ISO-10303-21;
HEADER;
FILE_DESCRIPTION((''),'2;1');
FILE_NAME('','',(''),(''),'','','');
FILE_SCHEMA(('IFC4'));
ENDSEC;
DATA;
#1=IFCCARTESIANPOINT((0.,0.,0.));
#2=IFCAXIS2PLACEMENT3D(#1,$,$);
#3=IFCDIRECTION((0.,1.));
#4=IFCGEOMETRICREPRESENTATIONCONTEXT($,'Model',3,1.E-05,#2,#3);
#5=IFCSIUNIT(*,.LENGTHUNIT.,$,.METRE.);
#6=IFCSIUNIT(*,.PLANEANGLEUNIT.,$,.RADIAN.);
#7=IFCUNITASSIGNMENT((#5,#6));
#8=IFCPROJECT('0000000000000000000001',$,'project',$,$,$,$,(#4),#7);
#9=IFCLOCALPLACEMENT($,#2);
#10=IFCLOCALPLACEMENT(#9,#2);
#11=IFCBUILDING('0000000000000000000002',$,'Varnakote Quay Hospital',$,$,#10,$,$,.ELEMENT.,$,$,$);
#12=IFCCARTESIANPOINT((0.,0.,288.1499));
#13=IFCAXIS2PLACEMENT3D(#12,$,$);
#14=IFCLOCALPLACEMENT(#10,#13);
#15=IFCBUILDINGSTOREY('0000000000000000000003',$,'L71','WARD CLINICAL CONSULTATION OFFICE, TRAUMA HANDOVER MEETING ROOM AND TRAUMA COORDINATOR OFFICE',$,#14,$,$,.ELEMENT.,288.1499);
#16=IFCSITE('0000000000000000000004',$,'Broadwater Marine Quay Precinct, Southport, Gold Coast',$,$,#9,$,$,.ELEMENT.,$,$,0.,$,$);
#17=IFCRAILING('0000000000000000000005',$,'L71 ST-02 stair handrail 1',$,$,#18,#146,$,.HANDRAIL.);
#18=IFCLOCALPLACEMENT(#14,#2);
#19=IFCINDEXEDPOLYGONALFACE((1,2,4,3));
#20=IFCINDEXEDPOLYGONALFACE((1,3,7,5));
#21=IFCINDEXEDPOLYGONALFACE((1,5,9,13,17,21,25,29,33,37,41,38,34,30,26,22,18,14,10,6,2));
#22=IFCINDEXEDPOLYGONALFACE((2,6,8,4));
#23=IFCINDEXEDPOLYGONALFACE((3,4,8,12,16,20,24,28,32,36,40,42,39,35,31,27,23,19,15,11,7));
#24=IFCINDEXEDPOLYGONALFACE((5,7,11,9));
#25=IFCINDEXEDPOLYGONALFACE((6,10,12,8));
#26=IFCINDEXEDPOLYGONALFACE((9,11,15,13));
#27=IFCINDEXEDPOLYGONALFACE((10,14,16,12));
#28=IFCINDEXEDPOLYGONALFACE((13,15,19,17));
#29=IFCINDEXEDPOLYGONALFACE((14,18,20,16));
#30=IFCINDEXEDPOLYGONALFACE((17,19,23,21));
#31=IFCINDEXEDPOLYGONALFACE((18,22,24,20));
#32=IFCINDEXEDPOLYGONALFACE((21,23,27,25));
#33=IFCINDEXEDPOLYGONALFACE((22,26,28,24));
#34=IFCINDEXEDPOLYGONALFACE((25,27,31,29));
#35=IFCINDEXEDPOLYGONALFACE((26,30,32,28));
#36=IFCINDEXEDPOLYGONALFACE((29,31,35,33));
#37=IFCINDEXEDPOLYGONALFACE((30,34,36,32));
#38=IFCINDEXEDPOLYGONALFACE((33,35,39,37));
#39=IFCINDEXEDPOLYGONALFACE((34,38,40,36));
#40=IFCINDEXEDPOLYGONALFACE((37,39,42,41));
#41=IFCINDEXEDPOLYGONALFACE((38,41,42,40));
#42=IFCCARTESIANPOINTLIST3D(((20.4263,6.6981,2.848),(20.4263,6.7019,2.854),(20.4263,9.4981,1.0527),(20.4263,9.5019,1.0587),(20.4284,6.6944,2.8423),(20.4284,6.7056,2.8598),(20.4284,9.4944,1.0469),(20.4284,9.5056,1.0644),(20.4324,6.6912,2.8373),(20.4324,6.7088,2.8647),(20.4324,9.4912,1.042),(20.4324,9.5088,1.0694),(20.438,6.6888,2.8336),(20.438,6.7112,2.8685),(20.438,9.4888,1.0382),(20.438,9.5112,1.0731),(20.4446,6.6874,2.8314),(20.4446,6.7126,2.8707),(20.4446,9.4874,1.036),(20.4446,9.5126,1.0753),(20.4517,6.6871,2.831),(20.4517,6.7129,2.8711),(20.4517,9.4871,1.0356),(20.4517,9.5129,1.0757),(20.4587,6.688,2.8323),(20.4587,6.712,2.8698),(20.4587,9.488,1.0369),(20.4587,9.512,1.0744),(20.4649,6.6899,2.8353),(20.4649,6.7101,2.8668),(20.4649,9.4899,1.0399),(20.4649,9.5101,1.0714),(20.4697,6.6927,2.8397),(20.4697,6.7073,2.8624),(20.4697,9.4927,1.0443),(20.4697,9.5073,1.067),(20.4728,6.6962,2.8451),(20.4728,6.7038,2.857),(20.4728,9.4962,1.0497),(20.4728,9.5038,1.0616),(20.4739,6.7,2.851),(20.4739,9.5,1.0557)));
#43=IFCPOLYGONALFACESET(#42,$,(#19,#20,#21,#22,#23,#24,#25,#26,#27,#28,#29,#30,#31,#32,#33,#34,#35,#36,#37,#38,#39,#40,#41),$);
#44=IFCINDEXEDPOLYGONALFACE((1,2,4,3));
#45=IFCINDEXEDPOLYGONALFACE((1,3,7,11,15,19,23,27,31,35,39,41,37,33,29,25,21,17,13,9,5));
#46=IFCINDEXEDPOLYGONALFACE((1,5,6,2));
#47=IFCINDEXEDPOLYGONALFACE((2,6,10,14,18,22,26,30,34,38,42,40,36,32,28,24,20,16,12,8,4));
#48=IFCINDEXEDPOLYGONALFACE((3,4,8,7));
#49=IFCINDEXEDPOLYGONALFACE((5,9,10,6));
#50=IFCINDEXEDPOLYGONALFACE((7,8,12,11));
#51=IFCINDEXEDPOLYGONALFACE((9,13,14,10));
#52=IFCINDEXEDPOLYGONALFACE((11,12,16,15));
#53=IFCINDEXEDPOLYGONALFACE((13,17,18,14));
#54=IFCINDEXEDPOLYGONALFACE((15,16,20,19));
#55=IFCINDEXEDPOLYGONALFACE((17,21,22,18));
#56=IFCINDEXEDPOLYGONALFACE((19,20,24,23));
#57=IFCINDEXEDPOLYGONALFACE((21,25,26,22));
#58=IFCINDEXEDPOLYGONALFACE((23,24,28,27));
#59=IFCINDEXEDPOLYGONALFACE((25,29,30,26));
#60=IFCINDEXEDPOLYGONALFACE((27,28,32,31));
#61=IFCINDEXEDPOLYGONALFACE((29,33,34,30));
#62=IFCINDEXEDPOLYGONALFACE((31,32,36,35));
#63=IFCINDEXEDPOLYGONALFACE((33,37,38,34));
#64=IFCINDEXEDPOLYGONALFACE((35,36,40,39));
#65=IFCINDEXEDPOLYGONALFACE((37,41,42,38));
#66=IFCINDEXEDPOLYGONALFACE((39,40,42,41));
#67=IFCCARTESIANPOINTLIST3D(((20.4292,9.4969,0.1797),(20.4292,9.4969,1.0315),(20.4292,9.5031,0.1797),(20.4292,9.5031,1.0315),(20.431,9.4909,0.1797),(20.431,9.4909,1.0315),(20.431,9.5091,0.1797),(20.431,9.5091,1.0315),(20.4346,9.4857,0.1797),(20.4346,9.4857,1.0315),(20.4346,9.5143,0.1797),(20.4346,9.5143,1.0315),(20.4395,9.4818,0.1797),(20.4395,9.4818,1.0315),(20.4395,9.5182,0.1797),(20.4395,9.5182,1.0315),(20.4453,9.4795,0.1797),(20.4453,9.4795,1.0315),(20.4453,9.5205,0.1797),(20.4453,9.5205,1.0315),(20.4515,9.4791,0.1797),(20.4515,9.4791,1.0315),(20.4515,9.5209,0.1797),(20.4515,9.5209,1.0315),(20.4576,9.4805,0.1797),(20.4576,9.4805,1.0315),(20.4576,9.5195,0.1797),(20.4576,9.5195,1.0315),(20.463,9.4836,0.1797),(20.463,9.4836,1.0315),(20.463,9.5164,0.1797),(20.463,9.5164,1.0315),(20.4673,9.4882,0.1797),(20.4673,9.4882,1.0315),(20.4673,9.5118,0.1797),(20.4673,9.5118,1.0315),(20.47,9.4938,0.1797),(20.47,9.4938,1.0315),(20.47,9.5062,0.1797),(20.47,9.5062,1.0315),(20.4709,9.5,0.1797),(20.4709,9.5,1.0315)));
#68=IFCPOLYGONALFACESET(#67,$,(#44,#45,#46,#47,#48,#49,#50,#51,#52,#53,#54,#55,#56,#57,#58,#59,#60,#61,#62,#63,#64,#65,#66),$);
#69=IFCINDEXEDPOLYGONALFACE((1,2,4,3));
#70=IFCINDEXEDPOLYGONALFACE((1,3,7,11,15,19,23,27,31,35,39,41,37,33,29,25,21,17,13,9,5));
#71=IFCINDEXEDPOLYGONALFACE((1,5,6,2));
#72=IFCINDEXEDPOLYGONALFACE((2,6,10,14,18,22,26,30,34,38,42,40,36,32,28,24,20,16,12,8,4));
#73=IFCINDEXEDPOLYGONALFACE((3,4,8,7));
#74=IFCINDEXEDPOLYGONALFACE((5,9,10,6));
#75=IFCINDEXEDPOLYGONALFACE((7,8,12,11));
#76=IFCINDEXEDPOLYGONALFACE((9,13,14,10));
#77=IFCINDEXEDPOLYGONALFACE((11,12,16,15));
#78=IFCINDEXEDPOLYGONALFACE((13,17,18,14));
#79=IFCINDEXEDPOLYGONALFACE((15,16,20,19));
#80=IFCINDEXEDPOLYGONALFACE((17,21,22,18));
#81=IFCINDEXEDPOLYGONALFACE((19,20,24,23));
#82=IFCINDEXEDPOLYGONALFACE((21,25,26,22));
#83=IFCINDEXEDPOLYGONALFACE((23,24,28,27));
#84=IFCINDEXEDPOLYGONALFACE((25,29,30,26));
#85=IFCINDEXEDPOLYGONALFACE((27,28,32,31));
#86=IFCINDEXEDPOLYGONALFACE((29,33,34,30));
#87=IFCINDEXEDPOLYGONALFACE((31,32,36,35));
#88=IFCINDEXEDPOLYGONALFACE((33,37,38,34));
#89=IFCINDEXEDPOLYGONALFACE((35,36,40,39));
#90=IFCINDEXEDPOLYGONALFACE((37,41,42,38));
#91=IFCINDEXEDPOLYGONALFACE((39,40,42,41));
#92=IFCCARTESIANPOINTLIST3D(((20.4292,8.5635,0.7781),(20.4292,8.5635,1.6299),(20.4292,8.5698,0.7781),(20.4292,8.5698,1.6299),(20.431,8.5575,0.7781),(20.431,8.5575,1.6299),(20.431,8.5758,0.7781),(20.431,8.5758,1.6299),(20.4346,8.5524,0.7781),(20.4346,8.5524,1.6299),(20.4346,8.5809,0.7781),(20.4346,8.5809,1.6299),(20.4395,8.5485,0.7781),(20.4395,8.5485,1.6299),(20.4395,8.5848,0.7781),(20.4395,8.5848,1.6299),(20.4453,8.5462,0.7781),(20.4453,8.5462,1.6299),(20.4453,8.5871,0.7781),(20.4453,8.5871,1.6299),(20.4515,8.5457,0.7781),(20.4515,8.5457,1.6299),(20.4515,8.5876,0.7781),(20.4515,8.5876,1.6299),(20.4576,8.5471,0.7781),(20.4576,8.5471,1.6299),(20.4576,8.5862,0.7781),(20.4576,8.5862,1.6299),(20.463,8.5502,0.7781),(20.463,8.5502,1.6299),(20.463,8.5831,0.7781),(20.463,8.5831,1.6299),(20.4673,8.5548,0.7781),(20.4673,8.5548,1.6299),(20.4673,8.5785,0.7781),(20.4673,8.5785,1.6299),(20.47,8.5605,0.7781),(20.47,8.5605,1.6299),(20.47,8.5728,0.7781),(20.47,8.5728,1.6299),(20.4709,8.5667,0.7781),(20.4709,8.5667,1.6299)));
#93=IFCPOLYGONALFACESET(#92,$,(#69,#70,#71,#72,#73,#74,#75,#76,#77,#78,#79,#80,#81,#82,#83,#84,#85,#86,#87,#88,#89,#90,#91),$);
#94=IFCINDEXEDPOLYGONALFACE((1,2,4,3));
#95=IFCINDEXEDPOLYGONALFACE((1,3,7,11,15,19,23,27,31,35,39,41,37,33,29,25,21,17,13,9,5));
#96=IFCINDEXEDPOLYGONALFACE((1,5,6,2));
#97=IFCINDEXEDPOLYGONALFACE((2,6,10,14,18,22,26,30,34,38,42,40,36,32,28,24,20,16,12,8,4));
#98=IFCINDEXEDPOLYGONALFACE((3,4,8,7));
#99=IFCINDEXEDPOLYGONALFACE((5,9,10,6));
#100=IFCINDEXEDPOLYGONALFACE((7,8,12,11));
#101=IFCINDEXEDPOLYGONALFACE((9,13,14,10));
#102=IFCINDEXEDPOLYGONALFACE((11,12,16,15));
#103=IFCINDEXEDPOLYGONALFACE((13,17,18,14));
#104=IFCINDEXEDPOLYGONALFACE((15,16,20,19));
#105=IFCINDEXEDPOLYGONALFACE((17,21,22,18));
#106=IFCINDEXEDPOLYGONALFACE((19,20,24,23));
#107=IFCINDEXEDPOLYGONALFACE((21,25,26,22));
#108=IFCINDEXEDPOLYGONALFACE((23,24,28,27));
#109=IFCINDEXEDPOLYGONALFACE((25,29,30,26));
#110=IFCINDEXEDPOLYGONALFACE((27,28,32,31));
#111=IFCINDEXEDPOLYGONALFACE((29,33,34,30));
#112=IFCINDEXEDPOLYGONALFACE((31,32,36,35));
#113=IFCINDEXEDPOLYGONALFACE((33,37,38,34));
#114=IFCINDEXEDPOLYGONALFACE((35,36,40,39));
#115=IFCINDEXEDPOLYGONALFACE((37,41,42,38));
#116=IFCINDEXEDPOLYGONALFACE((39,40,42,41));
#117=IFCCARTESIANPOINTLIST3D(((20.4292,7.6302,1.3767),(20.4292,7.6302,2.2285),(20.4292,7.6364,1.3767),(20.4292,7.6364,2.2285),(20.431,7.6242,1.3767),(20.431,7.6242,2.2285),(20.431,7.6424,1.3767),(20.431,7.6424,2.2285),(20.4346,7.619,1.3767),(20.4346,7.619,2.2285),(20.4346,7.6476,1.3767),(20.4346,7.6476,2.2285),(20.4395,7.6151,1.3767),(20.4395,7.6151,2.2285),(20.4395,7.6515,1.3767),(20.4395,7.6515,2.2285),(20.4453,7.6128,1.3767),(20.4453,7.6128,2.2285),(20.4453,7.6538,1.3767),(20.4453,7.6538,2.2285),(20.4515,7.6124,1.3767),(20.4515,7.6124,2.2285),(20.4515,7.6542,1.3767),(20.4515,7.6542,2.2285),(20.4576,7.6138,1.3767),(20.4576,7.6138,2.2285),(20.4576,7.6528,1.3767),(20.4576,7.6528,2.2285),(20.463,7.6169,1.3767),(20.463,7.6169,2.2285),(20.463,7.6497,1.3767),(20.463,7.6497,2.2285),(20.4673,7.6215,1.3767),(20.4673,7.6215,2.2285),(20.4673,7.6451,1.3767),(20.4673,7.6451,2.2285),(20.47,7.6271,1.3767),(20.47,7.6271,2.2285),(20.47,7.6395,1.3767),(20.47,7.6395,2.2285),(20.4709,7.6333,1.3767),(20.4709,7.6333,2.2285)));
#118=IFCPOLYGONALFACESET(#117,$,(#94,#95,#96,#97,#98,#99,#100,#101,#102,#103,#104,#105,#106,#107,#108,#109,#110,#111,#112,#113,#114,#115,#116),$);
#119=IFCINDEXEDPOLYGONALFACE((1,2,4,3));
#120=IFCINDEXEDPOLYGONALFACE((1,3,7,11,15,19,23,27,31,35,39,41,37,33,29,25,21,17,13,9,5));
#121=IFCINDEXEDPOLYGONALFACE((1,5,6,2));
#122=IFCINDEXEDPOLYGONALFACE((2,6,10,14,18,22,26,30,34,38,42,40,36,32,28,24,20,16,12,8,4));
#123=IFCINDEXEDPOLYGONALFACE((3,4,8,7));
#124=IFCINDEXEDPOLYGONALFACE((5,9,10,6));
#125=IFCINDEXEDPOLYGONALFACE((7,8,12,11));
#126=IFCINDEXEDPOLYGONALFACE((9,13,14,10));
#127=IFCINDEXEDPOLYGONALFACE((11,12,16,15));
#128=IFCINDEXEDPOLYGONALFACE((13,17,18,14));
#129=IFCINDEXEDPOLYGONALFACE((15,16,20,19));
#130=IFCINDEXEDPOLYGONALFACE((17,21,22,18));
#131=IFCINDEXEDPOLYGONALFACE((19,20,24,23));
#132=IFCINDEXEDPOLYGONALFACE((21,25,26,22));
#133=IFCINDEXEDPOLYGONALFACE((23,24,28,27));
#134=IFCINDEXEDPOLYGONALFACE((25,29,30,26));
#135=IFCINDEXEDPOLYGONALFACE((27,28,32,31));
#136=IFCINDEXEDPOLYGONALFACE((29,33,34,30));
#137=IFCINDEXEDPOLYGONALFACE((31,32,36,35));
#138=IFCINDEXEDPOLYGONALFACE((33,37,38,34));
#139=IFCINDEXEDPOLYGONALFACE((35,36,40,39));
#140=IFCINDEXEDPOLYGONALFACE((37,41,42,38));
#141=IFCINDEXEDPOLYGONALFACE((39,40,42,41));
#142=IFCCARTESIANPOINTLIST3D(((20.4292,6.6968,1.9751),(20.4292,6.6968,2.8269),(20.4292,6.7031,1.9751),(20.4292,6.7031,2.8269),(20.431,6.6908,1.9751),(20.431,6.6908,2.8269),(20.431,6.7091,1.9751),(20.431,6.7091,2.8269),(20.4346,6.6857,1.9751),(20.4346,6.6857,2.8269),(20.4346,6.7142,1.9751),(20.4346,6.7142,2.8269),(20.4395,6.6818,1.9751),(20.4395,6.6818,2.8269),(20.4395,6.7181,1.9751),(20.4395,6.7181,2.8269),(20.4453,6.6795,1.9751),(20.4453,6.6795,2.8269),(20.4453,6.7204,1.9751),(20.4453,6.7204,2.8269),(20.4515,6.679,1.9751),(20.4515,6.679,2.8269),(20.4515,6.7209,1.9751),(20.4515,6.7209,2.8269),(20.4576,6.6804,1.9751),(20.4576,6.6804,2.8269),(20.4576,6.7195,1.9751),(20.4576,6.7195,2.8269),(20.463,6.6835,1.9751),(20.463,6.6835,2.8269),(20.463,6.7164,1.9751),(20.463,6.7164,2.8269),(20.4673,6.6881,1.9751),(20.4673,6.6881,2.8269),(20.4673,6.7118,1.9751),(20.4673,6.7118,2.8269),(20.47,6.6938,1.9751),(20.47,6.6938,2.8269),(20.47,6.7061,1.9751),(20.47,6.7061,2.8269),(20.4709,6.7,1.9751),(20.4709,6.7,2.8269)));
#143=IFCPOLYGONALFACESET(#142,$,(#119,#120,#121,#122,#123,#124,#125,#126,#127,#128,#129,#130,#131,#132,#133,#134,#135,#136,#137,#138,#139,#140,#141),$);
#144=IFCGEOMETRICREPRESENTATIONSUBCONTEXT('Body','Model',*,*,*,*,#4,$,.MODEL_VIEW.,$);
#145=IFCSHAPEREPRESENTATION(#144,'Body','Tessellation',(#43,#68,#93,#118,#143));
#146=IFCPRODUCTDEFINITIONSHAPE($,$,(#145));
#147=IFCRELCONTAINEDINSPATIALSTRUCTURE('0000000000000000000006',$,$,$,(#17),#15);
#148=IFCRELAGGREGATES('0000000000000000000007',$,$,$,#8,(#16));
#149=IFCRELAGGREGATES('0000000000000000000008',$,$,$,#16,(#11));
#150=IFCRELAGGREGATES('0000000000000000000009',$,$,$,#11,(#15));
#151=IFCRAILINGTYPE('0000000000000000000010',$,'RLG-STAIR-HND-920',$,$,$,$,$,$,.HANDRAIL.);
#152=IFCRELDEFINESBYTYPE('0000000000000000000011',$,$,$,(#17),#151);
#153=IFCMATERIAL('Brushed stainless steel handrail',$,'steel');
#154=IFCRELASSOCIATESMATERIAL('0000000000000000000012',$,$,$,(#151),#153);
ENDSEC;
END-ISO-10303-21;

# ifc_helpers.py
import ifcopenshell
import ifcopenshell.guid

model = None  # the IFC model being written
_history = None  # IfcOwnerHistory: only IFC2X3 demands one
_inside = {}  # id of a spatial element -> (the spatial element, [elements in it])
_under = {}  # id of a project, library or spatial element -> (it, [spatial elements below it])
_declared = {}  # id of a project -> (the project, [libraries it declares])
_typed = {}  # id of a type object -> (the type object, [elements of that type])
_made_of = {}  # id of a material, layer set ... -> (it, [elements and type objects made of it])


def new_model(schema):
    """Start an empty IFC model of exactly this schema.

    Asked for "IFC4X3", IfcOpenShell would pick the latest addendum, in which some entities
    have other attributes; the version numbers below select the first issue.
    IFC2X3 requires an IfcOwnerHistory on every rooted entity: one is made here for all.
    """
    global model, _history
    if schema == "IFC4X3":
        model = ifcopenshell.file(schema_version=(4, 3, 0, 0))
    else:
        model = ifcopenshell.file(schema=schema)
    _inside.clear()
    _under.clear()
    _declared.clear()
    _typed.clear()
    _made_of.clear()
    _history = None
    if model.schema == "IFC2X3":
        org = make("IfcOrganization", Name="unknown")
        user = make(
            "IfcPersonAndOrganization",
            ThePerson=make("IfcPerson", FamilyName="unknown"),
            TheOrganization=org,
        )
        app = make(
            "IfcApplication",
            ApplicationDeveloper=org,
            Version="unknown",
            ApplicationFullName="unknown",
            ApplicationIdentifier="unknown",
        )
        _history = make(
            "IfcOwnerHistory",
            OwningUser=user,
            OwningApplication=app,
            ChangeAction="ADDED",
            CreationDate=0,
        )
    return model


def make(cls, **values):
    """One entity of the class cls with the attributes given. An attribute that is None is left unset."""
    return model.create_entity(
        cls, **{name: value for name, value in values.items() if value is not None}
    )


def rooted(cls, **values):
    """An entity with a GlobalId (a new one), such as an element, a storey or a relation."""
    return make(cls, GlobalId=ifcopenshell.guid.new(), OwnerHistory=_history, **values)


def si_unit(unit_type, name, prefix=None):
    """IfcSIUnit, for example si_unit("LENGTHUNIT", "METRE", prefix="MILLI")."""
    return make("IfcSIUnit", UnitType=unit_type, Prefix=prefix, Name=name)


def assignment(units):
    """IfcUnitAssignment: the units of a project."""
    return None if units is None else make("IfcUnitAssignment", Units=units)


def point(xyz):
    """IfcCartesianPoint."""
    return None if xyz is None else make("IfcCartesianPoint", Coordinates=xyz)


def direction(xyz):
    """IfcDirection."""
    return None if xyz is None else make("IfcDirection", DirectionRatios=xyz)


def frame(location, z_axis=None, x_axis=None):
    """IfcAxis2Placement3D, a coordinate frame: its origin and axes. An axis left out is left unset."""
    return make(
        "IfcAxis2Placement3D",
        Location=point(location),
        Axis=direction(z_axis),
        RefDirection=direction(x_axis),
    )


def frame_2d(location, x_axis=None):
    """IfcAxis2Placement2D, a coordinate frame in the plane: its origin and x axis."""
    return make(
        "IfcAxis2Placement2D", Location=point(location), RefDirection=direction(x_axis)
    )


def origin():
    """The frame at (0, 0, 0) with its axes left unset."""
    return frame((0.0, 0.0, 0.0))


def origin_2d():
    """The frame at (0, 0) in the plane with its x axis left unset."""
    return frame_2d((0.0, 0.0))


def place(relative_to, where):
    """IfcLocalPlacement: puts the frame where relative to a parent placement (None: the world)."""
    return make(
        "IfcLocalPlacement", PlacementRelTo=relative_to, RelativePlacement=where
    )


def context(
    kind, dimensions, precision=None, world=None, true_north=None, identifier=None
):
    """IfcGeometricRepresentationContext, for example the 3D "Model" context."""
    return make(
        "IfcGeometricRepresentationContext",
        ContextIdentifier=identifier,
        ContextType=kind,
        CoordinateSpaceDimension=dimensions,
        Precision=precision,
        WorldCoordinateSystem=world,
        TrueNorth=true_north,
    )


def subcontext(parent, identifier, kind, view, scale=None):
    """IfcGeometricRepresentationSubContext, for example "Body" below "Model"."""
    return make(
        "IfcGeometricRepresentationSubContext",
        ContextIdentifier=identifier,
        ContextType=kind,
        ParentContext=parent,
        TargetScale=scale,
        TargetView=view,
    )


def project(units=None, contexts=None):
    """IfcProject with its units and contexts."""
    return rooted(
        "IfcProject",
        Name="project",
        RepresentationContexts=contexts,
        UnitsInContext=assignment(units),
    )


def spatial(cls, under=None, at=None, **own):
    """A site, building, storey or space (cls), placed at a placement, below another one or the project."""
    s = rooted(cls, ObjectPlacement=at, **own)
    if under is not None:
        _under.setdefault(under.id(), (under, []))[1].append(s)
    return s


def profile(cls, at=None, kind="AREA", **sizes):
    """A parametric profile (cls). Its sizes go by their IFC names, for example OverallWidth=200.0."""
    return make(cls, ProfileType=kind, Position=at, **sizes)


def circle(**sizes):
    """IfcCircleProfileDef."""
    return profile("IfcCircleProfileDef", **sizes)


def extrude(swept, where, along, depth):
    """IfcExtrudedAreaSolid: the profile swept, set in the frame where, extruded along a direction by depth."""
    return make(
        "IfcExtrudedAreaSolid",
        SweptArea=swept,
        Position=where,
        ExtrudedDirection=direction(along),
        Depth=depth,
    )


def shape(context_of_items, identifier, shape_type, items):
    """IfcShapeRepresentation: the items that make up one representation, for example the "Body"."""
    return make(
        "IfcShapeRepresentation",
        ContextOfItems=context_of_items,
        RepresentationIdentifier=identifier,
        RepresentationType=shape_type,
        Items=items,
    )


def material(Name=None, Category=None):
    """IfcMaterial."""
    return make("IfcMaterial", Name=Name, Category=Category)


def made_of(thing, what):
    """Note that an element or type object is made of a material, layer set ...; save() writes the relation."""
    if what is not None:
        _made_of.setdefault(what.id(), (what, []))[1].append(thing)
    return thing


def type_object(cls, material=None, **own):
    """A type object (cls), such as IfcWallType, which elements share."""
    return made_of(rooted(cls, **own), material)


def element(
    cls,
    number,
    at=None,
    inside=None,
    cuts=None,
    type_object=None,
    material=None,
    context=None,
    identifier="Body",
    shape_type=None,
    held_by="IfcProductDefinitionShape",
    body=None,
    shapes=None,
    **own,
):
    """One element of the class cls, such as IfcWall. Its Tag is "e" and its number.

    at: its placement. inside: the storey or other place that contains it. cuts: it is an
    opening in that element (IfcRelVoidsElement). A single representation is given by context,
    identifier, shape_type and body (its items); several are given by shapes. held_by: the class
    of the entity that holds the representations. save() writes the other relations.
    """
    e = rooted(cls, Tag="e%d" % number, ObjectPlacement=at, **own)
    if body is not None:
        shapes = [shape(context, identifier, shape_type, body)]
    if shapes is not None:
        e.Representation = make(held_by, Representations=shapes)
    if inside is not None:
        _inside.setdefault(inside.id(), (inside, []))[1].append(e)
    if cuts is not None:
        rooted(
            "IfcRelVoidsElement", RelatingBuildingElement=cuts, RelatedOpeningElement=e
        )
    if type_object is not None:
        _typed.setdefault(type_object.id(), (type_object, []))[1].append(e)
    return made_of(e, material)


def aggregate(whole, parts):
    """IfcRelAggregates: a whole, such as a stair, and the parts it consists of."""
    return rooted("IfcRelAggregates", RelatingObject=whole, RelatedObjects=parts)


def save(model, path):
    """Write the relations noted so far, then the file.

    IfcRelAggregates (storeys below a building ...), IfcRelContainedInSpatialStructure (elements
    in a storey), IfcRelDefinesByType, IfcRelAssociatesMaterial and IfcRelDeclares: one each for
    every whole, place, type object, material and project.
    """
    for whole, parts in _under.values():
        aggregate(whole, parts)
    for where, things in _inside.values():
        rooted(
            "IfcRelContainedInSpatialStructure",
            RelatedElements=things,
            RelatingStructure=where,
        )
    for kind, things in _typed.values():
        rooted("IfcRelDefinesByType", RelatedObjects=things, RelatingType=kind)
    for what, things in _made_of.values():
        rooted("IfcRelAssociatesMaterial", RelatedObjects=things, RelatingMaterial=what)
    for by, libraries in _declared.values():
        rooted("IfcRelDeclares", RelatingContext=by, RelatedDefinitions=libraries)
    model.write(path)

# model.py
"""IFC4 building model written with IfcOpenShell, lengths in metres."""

from ifc_helpers import new_model, si_unit, direction, frame, origin, origin_2d, place, context, subcontext, project, spatial, circle, extrude, material, type_object, element, save


model = new_model("IFC4")

# Units and contexts
model_context = context("Model", 3, precision=1e-05, world=origin(), true_north=direction((0.0, 1.0)))
body_context = subcontext(model_context, "Body", "Model", "MODEL_VIEW")
ifc_project = project(units=[si_unit("LENGTHUNIT", "METRE"), si_unit("PLANEANGLEUNIT", "RADIAN")], contexts=[model_context])

# Site, building, storey
site_placement = place(None, origin())
site = spatial("IfcSite", under=ifc_project, at=site_placement, Name="Broadwater Marine Quay Precinct, Southport, Gold Coast", CompositionType="ELEMENT", RefElevation=0.0)
building_placement = place(site_placement, origin())
building = spatial("IfcBuilding", under=site, at=building_placement, Name="Varnakote Quay Hospital", CompositionType="ELEMENT")
storey_placement = place(building_placement, frame((0.0, 0.0, 288.1499)))
storey = spatial("IfcBuildingStorey", under=building, at=storey_placement, Name="L71", Description="WARD CLINICAL CONSULTATION OFFICE, TRAUMA HANDOVER MEETING ROOM AND TRAUMA COORDINATOR OFFICE", CompositionType="ELEMENT", Elevation=288.1499)

# Railing
ifc_material_1 = material(Name="Brushed stainless steel handrail", Category="steel")
railing_type_1 = type_object("IfcRailingType", Name="RLG-STAIR-HND-920", PredefinedType="HANDRAIL", material=ifc_material_1)
railing_1_placement = place(storey_placement, frame((20.45, 9.5, 0.1797)))
element("IfcRailing", 1, at=railing_1_placement, inside=storey, type_object=railing_type_1, Name="L71 ST-02 stair handrail 1", PredefinedType="HANDRAIL", context=body_context, shape_type="SweptSolid", body=[
    extrude(circle(Radius=0.0239, at=origin_2d()), frame((0.0, 0.0, 0.876), z_axis=(0.0, -0.84181, 0.539774), x_axis=(1.0, 0.0, 0.0)), (0.0, 0.0, 1.0), 3.3262),
    extrude(circle(Radius=0.021, at=origin_2d()), origin(), (0.0, 0.0, 1.0), 0.8518),
    extrude(circle(Radius=0.021, at=origin_2d()), frame((0.0, -0.9333, 0.5984)), (0.0, 0.0, 1.0), 0.8518),
    extrude(circle(Radius=0.021, at=origin_2d()), frame((0.0, -1.8667, 1.197)), (0.0, 0.0, 1.0), 0.8518),
    extrude(circle(Radius=0.021, at=origin_2d()), frame((0.0, -2.8, 1.7954)), (0.0, 0.0, 1.0), 0.8518),
])

save(model, "model.ifc")
